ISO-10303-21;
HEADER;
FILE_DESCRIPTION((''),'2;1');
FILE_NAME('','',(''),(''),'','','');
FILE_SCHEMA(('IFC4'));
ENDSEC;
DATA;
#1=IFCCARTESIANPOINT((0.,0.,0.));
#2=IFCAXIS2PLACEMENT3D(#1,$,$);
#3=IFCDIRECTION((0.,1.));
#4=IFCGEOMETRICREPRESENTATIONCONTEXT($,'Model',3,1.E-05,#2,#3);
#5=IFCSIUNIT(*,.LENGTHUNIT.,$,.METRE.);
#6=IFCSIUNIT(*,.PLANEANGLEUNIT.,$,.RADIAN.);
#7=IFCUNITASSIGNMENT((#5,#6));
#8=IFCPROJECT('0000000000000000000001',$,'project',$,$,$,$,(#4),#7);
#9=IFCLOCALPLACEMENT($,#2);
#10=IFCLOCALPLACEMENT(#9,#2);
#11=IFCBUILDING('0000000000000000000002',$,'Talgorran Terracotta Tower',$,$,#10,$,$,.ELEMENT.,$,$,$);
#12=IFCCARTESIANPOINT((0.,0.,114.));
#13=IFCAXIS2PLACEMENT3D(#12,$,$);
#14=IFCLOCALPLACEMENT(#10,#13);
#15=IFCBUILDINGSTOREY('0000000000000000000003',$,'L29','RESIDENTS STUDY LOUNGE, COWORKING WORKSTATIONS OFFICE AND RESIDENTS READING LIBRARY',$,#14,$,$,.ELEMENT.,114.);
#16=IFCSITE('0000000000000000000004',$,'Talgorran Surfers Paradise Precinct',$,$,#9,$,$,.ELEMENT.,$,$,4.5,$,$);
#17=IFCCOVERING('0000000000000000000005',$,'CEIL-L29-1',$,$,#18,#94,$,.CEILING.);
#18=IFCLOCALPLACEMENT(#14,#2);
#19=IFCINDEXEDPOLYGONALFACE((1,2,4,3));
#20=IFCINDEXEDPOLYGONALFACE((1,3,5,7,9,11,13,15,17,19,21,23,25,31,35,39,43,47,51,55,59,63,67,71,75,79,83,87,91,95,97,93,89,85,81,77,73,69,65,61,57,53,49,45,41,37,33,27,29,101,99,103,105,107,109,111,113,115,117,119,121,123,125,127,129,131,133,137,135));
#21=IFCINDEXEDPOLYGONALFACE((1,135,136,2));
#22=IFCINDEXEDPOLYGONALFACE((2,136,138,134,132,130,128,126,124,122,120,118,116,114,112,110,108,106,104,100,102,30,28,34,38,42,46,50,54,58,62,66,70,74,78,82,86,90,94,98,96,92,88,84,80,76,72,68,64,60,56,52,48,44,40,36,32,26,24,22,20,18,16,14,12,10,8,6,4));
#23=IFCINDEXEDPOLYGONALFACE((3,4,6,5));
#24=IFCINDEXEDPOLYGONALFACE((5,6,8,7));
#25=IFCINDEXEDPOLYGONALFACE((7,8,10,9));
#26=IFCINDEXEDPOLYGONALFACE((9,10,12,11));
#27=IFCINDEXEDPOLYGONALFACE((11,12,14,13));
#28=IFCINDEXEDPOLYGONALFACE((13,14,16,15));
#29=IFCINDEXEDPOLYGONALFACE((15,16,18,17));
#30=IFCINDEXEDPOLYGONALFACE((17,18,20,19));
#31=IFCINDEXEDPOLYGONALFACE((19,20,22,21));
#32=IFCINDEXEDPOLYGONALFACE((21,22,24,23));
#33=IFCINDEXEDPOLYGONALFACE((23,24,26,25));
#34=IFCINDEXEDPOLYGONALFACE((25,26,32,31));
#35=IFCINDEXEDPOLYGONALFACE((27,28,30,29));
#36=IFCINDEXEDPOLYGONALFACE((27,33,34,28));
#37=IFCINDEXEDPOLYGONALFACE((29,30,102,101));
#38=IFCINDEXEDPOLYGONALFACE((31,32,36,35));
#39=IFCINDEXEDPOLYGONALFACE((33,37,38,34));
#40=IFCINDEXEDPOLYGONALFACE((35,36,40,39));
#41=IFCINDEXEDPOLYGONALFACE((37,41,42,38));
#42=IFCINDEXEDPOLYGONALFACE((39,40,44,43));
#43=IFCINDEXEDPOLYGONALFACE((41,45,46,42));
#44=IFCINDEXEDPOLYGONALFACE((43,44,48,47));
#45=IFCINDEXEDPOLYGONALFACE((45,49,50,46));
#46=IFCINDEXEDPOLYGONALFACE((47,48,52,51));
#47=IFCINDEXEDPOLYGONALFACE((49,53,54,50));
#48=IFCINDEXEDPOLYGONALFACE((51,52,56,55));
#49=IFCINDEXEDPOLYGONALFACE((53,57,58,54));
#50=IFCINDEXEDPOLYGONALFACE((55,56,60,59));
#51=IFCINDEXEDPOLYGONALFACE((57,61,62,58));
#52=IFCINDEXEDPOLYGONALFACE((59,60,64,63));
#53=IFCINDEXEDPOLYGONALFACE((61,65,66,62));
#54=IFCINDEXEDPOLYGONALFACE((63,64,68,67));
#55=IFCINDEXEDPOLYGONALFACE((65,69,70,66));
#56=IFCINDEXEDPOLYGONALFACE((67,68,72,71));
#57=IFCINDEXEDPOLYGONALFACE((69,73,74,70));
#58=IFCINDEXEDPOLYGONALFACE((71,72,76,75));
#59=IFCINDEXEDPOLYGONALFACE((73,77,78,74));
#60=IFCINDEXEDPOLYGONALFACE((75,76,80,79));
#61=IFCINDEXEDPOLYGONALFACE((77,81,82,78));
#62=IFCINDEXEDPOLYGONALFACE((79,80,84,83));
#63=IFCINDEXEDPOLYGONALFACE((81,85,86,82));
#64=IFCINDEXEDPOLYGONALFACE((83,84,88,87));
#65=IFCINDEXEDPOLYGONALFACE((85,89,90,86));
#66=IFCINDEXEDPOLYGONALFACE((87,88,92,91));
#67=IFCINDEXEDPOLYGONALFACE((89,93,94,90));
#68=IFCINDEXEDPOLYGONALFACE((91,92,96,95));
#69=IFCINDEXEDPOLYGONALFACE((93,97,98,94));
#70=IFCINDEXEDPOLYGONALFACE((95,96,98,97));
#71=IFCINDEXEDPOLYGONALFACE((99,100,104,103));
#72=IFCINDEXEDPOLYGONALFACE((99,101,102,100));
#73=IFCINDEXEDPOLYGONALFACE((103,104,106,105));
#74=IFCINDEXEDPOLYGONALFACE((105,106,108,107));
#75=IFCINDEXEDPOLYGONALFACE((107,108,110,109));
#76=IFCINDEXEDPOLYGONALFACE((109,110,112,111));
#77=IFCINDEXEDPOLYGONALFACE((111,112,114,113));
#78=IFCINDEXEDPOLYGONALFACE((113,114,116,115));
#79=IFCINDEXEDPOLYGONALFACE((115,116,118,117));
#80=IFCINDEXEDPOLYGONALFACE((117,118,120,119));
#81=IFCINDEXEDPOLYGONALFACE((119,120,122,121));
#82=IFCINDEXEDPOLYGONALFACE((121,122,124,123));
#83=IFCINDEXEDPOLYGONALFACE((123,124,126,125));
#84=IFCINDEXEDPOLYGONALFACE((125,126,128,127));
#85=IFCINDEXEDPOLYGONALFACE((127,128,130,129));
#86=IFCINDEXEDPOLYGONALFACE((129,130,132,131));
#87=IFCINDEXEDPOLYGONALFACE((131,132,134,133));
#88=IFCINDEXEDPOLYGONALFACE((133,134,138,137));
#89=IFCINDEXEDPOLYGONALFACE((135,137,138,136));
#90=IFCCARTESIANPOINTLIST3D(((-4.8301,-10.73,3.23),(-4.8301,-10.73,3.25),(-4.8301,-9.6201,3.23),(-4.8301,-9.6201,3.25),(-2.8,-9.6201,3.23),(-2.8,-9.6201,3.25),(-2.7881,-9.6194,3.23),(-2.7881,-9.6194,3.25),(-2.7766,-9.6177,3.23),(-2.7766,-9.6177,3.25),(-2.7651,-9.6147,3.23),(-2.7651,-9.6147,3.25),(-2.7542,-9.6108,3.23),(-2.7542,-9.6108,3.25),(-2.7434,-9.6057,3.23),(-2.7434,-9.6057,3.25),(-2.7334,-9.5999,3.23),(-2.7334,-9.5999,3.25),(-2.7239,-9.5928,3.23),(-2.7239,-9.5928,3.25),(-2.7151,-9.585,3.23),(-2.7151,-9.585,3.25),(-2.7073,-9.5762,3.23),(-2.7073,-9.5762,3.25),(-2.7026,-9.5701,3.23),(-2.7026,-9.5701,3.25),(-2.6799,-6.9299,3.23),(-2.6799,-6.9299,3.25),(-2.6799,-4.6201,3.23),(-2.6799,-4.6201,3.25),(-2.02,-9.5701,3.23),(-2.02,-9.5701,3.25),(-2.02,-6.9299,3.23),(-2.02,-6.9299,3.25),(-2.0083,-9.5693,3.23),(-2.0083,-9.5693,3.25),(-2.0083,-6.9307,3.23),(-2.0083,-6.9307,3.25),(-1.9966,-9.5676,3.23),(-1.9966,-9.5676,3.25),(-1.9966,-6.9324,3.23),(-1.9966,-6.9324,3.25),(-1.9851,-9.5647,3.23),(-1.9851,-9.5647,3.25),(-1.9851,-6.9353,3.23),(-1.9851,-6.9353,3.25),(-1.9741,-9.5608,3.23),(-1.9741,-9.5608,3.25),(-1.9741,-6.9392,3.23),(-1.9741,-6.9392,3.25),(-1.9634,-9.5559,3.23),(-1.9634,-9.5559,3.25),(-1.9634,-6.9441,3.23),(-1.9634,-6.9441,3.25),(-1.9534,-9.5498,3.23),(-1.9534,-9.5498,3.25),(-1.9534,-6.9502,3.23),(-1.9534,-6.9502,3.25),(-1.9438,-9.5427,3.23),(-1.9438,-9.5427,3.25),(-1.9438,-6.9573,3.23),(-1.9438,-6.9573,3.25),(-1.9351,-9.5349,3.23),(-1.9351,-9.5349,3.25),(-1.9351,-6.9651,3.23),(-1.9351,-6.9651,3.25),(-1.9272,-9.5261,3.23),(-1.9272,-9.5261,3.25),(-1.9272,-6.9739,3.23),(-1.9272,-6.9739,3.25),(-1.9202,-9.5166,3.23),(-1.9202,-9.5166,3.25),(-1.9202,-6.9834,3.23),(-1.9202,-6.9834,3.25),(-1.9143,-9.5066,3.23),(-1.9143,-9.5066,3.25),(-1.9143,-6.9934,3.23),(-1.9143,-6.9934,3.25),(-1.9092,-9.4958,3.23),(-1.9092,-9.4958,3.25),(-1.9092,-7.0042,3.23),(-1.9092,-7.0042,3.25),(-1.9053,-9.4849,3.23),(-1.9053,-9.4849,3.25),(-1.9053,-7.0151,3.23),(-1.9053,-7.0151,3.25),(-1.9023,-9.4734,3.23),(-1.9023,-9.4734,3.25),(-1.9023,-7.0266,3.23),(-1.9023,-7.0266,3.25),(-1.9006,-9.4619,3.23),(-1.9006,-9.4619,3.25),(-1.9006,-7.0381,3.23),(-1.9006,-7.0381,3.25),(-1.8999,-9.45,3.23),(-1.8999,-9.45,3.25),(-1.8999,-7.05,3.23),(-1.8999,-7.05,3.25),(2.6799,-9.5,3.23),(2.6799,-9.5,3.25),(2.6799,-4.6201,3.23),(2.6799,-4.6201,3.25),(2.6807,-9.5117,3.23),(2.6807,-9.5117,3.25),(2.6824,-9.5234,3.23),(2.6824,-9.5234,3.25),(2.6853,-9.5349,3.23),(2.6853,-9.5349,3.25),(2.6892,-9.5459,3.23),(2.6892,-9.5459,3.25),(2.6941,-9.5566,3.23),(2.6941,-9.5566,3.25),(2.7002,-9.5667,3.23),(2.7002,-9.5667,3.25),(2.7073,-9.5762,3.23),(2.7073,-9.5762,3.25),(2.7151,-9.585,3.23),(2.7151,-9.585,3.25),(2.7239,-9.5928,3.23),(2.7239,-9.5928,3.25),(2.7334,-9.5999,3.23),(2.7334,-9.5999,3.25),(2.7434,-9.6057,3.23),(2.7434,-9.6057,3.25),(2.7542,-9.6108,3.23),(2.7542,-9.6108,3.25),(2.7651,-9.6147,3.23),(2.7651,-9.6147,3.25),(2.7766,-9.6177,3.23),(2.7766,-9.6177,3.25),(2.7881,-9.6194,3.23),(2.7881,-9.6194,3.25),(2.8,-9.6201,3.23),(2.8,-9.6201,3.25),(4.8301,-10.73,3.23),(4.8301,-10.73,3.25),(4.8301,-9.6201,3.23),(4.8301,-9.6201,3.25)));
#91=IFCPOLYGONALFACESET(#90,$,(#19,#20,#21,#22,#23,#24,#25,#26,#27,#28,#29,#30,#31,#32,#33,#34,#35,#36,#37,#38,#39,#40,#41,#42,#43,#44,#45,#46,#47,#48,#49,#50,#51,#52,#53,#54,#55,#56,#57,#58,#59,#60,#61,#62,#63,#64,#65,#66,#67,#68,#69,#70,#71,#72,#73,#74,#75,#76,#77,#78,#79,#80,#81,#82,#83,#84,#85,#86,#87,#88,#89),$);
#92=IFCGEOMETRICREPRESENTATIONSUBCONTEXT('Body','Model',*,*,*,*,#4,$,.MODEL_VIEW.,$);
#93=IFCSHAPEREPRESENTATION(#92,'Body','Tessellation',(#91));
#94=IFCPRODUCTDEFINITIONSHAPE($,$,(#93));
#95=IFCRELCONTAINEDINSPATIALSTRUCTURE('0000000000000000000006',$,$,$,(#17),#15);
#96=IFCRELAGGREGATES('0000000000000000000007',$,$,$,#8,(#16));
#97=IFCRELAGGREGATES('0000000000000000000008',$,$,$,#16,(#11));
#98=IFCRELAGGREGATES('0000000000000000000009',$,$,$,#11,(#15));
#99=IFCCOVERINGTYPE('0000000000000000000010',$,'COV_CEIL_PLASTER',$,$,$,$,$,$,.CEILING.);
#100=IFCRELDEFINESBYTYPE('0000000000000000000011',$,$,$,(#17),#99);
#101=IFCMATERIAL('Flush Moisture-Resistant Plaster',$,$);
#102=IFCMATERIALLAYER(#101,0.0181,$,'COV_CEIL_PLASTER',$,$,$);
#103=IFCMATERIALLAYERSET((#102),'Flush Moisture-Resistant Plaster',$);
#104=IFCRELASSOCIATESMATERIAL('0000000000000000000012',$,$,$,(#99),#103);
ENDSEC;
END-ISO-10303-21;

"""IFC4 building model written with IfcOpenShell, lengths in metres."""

from ifc_helpers import new_model, si_unit, direction, frame, origin, place, context, subcontext, project, spatial, polyline, outline, extrude, material, layer, layer_set, type_object, element, save


model = new_model("IFC4")

# Units and contexts
model_context = context("Model", 3, precision=1e-05, world=origin(), true_north=direction((0.0, 1.0)))
body_context = subcontext(model_context, "Body", "Model", "MODEL_VIEW")
ifc_project = project(units=[si_unit("LENGTHUNIT", "METRE"), si_unit("PLANEANGLEUNIT", "RADIAN")], contexts=[model_context])

# Site, building, storey
site_placement = place(None, origin())
site = spatial("IfcSite", under=ifc_project, at=site_placement, Name="Talgorran Surfers Paradise Precinct", CompositionType="ELEMENT", RefElevation=4.5)
building_placement = place(site_placement, origin())
building = spatial("IfcBuilding", under=site, at=building_placement, Name="Talgorran Terracotta Tower", CompositionType="ELEMENT")
storey_placement = place(building_placement, frame((0.0, 0.0, 114.0)))
storey = spatial("IfcBuildingStorey", under=building, at=storey_placement, Name="L29", Description="RESIDENTS STUDY LOUNGE, COWORKING WORKSTATIONS OFFICE AND RESIDENTS READING LIBRARY", CompositionType="ELEMENT", Elevation=114.0)

# Covering
ifc_material_1 = material(Name="Flush Moisture-Resistant Plaster")
ifc_layer_1 = layer(ifc_material_1, 0.0181, Name="COV_CEIL_PLASTER")
ifc_layer_set_1 = layer_set([ifc_layer_1], Name="Flush Moisture-Resistant Plaster")
covering_type_1 = type_object("IfcCoveringType", Name="COV_CEIL_PLASTER", PredefinedType="CEILING", material=ifc_layer_set_1)
covering_1_placement = place(storey_placement, frame((0.0, 0.0, 3.23)))
element("IfcCovering", 1, at=covering_1_placement, inside=storey, type_object=covering_type_1, Name="CEIL-L29-1", PredefinedType="CEILING", context=body_context, shape_type="SweptSolid", body=[
    extrude(outline(polyline([(-2.7026, -9.5701), (-2.02, -9.5701), (-2.0083, -9.5693), (-1.9966, -9.5676), (-1.9851, -9.5647), (-1.9741, -9.5608), (-1.9634, -9.5559), (-1.9534, -9.5498), (-1.9438, -9.5427), (-1.9351, -9.5349), (-1.9272, -9.5261), (-1.9202, -9.5166), (-1.9143, -9.5066), (-1.9092, -9.4958), (-1.9053, -9.4849), (-1.9023, -9.4734), (-1.9006, -9.4619), (-1.8999, -9.45), (-1.8999, -7.05), (-1.9006, -7.0381), (-1.9023, -7.0266), (-1.9053, -7.0151), (-1.9092, -7.0042), (-1.9143, -6.9934), (-1.9202, -6.9834), (-1.9272, -6.9739), (-1.9351, -6.9651), (-1.9438, -6.9573), (-1.9534, -6.9502), (-1.9634, -6.9441), (-1.9741, -6.9392), (-1.9851, -6.9353), (-1.9966, -6.9324), (-2.0083, -6.9307), (-2.02, -6.9299), (-2.6799, -6.9299), (-2.6799, -4.6201), (2.6799, -4.6201), (2.6799, -9.5), (2.6807, -9.5117), (2.6824, -9.5234), (2.6853, -9.5349), (2.6892, -9.5459), (2.6941, -9.5566), (2.7002, -9.5667), (2.7073, -9.5762), (2.7151, -9.585), (2.7239, -9.5928), (2.7334, -9.5999), (2.7434, -9.6057), (2.7542, -9.6108), (2.7651, -9.6147), (2.7766, -9.6177), (2.7881, -9.6194), (2.8, -9.6201), (4.8301, -9.6201), (4.8301, -10.73), (-4.8301, -10.73), (-4.8301, -9.6201), (-2.8, -9.6201), (-2.7881, -9.6194), (-2.7766, -9.6177), (-2.7651, -9.6147), (-2.7542, -9.6108), (-2.7434, -9.6057), (-2.7334, -9.5999), (-2.7239, -9.5928), (-2.7151, -9.585), (-2.7073, -9.5762), (-2.7026, -9.5701)])), origin(), (0.0, 0.0, 1.0), 0.02),
])

save(model, "model.ifc")
